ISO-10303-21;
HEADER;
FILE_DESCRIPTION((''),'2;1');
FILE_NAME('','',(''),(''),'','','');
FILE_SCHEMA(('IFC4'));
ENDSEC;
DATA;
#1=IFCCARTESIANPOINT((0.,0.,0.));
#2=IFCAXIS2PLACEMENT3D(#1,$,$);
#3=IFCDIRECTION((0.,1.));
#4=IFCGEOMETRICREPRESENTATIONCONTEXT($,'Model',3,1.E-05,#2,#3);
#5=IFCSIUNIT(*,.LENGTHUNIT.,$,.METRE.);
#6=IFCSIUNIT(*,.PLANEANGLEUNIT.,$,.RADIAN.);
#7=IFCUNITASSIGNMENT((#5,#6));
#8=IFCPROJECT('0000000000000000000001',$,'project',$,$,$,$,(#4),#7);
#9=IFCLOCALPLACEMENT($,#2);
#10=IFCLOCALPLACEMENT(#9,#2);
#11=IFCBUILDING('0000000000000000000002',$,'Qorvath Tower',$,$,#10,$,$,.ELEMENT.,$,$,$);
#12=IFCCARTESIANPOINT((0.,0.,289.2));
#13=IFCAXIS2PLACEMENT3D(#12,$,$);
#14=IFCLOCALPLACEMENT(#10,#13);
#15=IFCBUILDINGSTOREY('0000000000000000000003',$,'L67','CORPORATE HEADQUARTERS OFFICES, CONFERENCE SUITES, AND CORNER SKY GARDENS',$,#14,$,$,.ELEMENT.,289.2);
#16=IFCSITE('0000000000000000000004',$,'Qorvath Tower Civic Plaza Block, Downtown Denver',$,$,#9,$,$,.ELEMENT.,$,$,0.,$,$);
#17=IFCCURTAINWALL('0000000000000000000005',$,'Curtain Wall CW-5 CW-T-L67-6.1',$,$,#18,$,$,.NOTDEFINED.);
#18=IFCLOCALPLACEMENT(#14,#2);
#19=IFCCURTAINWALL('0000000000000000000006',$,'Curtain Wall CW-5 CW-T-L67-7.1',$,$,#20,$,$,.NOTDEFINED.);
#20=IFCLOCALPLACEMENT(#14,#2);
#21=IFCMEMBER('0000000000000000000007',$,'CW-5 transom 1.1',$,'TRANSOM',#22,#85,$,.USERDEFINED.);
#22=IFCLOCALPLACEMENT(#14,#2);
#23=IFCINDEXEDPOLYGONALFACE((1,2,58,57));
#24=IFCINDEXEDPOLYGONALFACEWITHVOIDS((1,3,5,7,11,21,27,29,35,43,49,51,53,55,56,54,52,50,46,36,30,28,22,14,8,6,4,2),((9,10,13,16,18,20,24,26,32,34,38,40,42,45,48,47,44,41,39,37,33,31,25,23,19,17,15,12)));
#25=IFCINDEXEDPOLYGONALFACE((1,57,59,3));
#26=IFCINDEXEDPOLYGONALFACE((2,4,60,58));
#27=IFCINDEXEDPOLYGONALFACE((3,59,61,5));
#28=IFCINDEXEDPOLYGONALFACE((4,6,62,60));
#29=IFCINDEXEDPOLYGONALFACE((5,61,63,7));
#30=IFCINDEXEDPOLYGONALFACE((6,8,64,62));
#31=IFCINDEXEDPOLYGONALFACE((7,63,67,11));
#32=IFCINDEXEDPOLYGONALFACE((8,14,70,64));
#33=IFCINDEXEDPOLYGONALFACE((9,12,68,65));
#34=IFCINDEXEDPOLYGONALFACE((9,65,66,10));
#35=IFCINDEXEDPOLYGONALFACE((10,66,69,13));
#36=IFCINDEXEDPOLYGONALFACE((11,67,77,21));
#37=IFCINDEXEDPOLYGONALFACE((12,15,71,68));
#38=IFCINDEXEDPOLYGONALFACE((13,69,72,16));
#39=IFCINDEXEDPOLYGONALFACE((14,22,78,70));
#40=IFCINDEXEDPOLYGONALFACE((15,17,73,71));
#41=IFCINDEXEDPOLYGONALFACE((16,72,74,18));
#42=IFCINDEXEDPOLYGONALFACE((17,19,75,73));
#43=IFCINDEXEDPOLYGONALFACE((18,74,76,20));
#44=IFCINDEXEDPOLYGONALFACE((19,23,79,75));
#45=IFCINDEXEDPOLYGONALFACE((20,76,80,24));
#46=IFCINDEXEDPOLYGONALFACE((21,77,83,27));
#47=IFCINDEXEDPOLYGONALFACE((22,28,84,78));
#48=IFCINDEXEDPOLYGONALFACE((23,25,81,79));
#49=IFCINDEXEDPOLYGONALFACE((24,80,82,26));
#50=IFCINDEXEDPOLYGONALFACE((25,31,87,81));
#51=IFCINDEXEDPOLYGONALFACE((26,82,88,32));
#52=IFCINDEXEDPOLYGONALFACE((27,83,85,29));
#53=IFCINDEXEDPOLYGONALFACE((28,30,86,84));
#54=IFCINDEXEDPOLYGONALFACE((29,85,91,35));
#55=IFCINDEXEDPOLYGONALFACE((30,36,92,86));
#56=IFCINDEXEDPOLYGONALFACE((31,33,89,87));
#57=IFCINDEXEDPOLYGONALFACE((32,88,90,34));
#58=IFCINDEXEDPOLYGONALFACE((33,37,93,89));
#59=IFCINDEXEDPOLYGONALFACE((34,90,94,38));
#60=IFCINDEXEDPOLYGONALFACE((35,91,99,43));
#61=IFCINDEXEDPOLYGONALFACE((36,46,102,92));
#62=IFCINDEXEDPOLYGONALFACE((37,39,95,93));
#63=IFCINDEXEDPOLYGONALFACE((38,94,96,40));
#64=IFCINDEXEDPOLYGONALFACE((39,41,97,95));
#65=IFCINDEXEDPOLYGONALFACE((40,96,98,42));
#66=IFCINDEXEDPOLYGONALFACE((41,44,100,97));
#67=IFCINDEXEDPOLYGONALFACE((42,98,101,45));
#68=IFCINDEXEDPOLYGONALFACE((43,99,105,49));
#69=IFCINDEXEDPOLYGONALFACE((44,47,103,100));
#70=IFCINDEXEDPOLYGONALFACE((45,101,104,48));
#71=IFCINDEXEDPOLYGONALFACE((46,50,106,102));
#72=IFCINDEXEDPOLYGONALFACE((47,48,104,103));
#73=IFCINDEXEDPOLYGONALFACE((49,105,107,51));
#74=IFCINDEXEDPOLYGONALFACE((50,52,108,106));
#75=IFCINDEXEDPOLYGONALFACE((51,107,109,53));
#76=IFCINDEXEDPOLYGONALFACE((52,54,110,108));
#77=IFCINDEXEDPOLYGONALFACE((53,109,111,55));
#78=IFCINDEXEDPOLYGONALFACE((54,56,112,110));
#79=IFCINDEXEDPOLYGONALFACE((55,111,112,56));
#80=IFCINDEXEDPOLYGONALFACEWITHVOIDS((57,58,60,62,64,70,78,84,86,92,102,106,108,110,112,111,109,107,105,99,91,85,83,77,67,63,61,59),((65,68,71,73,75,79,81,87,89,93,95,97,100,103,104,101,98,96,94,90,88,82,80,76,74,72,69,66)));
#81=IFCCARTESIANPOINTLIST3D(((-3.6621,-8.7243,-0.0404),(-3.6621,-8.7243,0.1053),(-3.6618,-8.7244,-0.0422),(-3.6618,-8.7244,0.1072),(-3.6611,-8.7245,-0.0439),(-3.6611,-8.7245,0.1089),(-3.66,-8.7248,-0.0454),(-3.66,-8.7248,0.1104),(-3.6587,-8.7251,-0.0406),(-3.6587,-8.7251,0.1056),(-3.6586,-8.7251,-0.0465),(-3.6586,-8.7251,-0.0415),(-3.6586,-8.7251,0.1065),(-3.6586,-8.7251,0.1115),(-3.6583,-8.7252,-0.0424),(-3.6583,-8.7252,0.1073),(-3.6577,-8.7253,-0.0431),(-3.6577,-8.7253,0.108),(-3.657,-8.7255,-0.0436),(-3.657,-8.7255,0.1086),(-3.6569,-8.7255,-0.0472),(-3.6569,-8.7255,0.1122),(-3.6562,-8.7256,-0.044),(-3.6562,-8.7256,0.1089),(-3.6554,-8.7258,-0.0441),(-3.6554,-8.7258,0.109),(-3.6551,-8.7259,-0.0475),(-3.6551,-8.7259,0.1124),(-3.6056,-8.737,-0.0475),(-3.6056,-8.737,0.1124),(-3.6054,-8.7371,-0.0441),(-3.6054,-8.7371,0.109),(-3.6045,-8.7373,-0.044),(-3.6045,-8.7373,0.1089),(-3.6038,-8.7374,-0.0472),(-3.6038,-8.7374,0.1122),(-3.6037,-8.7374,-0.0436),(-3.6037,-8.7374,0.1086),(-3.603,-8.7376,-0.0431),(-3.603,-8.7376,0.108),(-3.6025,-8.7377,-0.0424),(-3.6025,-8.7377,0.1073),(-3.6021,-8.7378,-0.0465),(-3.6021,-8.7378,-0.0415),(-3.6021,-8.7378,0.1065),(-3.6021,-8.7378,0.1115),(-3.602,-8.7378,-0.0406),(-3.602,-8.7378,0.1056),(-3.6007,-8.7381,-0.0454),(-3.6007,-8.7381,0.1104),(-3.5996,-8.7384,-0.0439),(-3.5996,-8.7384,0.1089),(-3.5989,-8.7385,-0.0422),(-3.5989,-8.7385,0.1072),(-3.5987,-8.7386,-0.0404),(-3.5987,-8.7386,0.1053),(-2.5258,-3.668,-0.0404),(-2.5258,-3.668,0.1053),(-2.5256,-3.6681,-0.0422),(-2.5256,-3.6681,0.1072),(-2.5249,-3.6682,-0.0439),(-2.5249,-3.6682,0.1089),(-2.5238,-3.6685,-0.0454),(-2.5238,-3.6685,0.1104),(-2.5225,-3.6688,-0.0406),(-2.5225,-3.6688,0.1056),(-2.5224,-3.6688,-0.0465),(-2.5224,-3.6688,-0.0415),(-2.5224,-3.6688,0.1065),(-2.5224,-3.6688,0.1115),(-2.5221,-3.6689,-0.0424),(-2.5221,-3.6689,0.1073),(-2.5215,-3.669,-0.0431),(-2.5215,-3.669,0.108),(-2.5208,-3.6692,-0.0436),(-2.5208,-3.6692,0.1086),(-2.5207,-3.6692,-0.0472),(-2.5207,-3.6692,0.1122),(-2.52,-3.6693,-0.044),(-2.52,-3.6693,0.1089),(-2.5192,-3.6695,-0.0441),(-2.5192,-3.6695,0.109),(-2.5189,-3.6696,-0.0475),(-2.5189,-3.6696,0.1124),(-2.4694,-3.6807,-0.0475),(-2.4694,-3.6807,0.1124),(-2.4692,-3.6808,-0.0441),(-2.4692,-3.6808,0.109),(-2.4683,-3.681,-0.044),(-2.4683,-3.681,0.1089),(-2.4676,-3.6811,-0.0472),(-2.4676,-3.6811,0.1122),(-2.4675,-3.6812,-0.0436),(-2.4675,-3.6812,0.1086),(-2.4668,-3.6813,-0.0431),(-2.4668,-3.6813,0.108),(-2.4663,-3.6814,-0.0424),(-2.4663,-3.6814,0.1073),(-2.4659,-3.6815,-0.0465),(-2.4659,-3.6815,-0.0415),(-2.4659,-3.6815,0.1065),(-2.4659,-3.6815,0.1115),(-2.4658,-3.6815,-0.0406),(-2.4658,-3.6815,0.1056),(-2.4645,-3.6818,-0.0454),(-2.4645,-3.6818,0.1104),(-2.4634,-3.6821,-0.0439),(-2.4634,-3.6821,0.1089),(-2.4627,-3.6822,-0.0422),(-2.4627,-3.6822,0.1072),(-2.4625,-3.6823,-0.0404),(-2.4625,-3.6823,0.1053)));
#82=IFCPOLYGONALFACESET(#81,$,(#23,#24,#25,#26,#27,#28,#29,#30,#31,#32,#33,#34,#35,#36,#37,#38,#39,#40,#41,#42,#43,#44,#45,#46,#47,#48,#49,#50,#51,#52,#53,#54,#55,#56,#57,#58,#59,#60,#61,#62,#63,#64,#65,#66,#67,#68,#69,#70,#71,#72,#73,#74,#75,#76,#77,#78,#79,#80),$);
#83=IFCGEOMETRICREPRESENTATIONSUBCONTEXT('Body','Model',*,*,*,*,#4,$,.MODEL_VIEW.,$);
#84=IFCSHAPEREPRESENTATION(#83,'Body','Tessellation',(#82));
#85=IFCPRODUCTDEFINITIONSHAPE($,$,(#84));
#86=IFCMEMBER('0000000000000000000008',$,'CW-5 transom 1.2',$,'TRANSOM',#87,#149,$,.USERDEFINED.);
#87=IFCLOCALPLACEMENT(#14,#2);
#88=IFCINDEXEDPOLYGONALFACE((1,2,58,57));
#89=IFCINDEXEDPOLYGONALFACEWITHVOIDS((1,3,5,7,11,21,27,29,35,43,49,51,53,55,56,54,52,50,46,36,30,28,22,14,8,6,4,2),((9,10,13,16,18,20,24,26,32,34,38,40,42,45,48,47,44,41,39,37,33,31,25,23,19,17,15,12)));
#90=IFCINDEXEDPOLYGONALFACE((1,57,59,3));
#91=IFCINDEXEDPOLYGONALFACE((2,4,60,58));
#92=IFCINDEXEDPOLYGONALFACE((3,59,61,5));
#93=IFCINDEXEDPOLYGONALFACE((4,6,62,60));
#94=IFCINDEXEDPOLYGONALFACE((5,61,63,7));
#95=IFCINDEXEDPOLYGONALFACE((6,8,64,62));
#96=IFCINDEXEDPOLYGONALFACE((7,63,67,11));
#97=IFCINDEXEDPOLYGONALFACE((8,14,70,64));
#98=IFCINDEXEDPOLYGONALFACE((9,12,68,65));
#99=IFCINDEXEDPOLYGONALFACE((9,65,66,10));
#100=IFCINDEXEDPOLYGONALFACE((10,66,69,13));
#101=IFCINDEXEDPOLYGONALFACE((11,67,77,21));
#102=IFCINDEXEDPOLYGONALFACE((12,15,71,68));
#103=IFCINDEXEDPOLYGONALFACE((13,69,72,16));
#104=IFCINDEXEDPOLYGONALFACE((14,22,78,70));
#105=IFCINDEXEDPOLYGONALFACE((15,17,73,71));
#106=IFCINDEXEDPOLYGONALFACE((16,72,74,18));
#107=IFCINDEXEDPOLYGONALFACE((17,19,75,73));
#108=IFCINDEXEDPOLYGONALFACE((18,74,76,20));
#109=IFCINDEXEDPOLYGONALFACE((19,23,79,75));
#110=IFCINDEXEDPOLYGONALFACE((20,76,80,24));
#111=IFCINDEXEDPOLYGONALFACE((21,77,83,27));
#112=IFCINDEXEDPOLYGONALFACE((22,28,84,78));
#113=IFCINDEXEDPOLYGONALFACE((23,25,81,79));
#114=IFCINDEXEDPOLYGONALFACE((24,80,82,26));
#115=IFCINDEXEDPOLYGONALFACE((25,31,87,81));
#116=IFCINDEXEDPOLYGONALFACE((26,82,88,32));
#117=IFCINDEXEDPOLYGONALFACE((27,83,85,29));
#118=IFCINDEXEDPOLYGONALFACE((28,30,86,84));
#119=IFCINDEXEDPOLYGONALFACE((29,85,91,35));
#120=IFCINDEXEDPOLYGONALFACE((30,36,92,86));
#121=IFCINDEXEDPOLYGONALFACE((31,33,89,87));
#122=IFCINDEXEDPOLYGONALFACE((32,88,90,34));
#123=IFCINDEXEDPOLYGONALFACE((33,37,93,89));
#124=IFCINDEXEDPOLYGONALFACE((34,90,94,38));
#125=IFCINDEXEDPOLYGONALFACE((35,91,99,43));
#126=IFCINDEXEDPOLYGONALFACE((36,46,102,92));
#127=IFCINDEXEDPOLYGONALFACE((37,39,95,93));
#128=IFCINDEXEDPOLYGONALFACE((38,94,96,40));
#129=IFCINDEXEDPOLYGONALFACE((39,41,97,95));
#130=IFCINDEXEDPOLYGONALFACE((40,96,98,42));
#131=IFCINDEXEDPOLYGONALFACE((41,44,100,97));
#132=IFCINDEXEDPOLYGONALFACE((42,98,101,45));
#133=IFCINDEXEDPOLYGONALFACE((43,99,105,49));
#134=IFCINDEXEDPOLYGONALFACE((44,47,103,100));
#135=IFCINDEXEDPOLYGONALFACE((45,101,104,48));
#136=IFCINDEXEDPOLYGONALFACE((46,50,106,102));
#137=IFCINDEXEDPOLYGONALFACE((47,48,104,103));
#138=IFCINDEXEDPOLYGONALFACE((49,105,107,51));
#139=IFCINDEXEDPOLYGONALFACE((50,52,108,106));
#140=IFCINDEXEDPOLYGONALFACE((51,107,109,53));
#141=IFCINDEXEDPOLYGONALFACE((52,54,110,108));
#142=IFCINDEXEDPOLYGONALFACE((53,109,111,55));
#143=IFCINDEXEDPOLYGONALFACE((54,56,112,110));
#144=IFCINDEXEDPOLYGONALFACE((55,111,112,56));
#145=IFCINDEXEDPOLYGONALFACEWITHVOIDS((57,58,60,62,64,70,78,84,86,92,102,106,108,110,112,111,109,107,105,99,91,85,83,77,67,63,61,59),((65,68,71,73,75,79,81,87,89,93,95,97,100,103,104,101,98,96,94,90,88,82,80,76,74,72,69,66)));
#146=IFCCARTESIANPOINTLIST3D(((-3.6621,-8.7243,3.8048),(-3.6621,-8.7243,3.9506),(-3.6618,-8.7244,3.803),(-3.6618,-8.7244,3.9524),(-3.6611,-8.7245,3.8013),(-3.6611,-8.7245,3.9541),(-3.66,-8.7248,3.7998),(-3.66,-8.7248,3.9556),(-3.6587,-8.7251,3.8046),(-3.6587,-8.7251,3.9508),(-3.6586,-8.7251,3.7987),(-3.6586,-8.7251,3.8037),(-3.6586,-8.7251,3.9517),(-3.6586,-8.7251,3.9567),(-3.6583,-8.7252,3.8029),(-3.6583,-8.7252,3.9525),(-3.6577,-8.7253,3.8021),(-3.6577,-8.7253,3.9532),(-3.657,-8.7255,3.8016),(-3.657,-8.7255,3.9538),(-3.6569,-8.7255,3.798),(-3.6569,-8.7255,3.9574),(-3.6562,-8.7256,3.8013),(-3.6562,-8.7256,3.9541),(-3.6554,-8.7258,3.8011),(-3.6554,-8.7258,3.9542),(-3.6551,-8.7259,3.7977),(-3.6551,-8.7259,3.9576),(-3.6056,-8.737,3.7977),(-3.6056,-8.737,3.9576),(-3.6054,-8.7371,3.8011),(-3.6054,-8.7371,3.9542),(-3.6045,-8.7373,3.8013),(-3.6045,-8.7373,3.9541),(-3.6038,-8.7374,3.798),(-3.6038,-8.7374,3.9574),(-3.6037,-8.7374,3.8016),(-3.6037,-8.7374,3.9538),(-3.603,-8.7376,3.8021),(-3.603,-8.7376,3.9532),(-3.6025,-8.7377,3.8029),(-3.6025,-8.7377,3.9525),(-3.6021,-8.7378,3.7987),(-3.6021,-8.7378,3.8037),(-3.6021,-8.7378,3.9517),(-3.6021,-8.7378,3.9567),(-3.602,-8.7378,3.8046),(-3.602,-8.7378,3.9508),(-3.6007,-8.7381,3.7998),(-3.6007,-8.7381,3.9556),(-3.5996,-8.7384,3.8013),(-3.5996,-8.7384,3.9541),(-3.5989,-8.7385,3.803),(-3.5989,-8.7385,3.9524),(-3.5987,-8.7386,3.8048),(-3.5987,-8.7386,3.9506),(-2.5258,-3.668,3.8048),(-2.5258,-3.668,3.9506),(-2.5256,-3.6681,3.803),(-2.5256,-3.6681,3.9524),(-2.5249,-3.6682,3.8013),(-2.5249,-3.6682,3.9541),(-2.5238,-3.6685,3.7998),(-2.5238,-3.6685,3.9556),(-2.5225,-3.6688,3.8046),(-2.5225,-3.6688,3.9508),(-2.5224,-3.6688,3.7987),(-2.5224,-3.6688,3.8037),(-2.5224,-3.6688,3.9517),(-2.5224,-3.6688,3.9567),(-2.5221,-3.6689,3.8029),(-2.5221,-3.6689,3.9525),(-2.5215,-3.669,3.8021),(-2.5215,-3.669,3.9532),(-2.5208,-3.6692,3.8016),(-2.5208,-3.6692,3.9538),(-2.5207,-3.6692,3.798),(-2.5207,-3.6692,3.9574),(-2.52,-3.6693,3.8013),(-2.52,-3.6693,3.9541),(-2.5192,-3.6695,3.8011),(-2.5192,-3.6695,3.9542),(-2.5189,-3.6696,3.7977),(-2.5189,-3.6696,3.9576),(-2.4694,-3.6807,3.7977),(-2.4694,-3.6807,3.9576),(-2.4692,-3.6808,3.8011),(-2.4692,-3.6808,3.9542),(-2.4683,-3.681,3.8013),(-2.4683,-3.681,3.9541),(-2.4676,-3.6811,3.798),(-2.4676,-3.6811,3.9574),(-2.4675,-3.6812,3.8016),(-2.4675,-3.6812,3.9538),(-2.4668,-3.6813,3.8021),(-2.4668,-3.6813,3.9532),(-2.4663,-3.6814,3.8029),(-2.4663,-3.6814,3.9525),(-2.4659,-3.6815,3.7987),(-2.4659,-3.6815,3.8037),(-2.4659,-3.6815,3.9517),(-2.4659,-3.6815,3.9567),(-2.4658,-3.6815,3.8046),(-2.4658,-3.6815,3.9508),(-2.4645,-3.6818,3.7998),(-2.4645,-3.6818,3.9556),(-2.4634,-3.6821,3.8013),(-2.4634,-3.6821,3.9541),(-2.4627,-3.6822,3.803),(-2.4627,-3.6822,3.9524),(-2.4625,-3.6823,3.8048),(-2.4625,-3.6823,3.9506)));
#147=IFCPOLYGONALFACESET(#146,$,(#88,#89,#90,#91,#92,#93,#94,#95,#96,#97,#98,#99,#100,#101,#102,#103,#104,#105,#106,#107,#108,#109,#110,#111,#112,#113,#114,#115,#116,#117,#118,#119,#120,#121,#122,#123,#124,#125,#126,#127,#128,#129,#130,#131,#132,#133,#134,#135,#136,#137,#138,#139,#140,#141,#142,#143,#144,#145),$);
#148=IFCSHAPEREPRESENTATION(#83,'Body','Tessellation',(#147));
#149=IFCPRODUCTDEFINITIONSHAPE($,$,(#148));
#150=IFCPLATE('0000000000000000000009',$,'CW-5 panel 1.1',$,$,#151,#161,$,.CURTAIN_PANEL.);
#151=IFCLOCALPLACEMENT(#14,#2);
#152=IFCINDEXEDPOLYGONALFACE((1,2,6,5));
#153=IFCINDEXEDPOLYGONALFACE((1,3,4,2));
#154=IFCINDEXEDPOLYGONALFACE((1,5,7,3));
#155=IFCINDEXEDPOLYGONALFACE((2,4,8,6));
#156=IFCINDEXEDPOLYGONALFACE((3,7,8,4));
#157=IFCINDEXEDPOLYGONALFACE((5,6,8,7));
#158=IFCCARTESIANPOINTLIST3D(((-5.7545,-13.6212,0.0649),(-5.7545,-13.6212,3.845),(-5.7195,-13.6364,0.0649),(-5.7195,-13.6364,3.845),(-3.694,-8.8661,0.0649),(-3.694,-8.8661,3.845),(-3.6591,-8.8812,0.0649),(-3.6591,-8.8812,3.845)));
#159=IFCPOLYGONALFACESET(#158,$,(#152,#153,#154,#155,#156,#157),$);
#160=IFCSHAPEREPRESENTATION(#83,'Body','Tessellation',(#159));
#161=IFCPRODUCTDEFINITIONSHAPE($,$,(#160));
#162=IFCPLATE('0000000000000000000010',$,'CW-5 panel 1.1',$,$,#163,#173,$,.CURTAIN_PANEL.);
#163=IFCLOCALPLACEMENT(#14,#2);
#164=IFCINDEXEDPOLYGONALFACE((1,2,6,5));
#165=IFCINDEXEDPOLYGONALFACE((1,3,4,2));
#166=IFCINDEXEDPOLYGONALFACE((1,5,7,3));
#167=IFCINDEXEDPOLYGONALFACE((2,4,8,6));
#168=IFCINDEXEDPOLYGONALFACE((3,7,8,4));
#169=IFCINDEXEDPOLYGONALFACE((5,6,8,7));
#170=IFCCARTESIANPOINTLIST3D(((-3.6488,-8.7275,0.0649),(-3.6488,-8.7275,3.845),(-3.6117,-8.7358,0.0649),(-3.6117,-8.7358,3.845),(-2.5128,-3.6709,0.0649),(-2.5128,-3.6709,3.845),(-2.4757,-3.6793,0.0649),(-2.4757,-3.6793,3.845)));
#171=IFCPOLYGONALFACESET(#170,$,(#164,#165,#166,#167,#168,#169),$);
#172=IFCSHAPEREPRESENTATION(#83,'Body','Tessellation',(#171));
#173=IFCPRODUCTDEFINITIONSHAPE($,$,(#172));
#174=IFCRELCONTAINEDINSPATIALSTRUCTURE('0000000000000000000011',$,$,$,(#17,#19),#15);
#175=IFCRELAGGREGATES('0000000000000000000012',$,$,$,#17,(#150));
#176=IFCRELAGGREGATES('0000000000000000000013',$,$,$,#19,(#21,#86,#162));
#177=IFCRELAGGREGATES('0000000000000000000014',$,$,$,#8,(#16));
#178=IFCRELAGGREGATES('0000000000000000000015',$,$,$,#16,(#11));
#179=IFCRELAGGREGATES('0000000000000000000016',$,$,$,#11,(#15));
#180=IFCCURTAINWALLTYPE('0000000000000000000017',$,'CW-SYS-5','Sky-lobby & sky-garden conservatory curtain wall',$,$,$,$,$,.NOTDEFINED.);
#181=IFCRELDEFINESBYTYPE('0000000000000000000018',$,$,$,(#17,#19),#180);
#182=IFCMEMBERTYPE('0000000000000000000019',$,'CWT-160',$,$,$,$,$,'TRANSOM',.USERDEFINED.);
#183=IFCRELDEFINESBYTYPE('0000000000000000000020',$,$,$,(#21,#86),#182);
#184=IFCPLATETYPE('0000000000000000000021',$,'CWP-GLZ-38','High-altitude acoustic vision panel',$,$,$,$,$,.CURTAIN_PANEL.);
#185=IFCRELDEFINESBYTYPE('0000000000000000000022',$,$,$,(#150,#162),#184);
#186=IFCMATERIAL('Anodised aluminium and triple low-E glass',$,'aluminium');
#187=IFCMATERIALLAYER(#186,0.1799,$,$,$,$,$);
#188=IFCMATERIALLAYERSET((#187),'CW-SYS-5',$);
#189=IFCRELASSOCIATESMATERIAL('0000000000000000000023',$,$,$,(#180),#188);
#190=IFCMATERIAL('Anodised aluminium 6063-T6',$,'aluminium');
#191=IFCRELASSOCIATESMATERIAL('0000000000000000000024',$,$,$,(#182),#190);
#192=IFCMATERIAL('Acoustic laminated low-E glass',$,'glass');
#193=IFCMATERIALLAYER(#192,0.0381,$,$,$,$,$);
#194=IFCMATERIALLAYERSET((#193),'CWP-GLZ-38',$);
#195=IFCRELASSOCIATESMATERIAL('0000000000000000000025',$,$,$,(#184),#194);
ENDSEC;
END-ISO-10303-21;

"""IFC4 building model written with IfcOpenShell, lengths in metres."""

from ifc_helpers import new_model, si_unit, direction, frame, origin, origin_2d, place, context, subcontext, project, spatial, rectangle, hollow_rectangle, extrude, material, layer, layer_set, material_profile, profile_set, type_object, element, aggregate, save


model = new_model("IFC4")

# Units and contexts
model_context = context("Model", 3, precision=1e-05, world=origin(), true_north=direction((0.0, 1.0)))
body_context = subcontext(model_context, "Body", "Model", "MODEL_VIEW")
ifc_project = project(units=[si_unit("LENGTHUNIT", "METRE"), si_unit("PLANEANGLEUNIT", "RADIAN")], contexts=[model_context])

# Site, building, storey
site_placement = place(None, origin())
site = spatial("IfcSite", under=ifc_project, at=site_placement, Name="Qorvath Tower Civic Plaza Block, Downtown Denver", CompositionType="ELEMENT", RefElevation=0.0)
building_placement = place(site_placement, origin())
building = spatial("IfcBuilding", under=site, at=building_placement, Name="Qorvath Tower", CompositionType="ELEMENT")
storey_placement = place(building_placement, frame((0.0, 0.0, 289.2)))
storey = spatial("IfcBuildingStorey", under=building, at=storey_placement, Name="L67", Description="CORPORATE HEADQUARTERS OFFICES, CONFERENCE SUITES, AND CORNER SKY GARDENS", CompositionType="ELEMENT", Elevation=289.2)

# Curtain walls
ifc_material_1 = material(Name="Anodised aluminium and triple low-E glass", Category="aluminium")
ifc_layer_1 = layer(ifc_material_1, 0.1799)
ifc_layer_set_1 = layer_set([ifc_layer_1], Name="CW-SYS-5")
curtain_wall_type = type_object("IfcCurtainWallType", Name="CW-SYS-5", Description="Sky-lobby & sky-garden conservatory curtain wall", PredefinedType="NOTDEFINED", material=ifc_layer_set_1)
curtain_wall_1_placement = place(storey_placement, origin())
curtain_wall_1 = element("IfcCurtainWall", 1, at=curtain_wall_1_placement, inside=storey, type_object=curtain_wall_type, Name="Curtain Wall CW-5 CW-T-L67-6.1", PredefinedType="NOTDEFINED")
curtain_wall_2_placement = place(storey_placement, origin())
curtain_wall_2 = element("IfcCurtainWall", 2, at=curtain_wall_2_placement, inside=storey, type_object=curtain_wall_type, Name="Curtain Wall CW-5 CW-T-L67-7.1", PredefinedType="NOTDEFINED")

# Members
ifc_material_2 = material(Name="Anodised aluminium 6063-T6", Category="aluminium")
ifc_material_profile_1 = material_profile(ifc_material_2, hollow_rectangle(XDim=0.0649, YDim=0.1599, WallThickness=0.0034, InnerFilletRadius=0.0034, OuterFilletRadius=0.0071, at=origin_2d()), Name="CWT 160x65")
ifc_profile_set_1 = profile_set([ifc_material_profile_1], Name="Anodised aluminium 6063-T6")
member_type_1 = type_object("IfcMemberType", Name="CWT-160", ElementType="TRANSOM", PredefinedType="USERDEFINED", material=ifc_profile_set_1)
member_1_placement = place(storey_placement, frame((-3.6304, -8.7314, 0.0325), z_axis=(0.219244, 0.97567, 0.0), x_axis=(-0.97567, 0.219244, 0.0)))
member_1 = element("IfcMember", 3, at=member_1_placement, type_object=member_type_1, Name="CW-5 transom 1.1", ObjectType="TRANSOM", PredefinedType="USERDEFINED", context=body_context, shape_type="SweptSolid", body=[
    extrude(hollow_rectangle(XDim=0.0649, YDim=0.1599, WallThickness=0.0034, InnerFilletRadius=0.0034, OuterFilletRadius=0.0071, at=origin_2d()), origin(), (0.0, 0.0, 1.0), 5.1824),
])
member_2_placement = place(storey_placement, frame((-3.6304, -8.7314, 3.8777), z_axis=(0.219244, 0.97567, 0.0), x_axis=(-0.97567, 0.219244, 0.0)))
member_2 = element("IfcMember", 4, at=member_2_placement, type_object=member_type_1, Name="CW-5 transom 1.2", ObjectType="TRANSOM", PredefinedType="USERDEFINED", context=body_context, shape_type="SweptSolid", body=[
    extrude(hollow_rectangle(XDim=0.0649, YDim=0.1599, WallThickness=0.0034, InnerFilletRadius=0.0034, OuterFilletRadius=0.0071, at=origin_2d()), origin(), (0.0, 0.0, 1.0), 5.1824),
])

# Plates
ifc_material_3 = material(Name="Acoustic laminated low-E glass", Category="glass")
ifc_layer_2 = layer(ifc_material_3, 0.0381)
ifc_layer_set_2 = layer_set([ifc_layer_2], Name="CWP-GLZ-38")
plate_type = type_object("IfcPlateType", Name="CWP-GLZ-38", Description="High-altitude acoustic vision panel", PredefinedType="CURTAIN_PANEL", material=ifc_layer_set_2)
plate_1_placement = place(storey_placement, frame((-4.7068, -11.2512, 0.0649), z_axis=(0.0, 0.0, 1.0), x_axis=(0.39759, 0.917563, 0.0)))
plate_1 = element("IfcPlate", 5, at=plate_1_placement, type_object=plate_type, Name="CW-5 panel 1.1", PredefinedType="CURTAIN_PANEL", context=body_context, shape_type="SweptSolid", body=[
    extrude(rectangle(XDim=5.1824, YDim=0.0381, at=origin_2d()), origin(), (0.0, 0.0, 1.0), 3.78),
])
aggregate(curtain_wall_1, [plate_1])
plate_2_placement = place(storey_placement, frame((-3.0623, -6.2034, 0.0649), z_axis=(0.0, 0.0, 1.0), x_axis=(0.219199, 0.97568, 0.0)))
plate_2 = element("IfcPlate", 6, at=plate_2_placement, type_object=plate_type, Name="CW-5 panel 1.1", PredefinedType="CURTAIN_PANEL", context=body_context, shape_type="SweptSolid", body=[
    extrude(rectangle(XDim=5.1826, YDim=0.0381, at=origin_2d()), origin(), (0.0, 0.0, 1.0), 3.78),
])
aggregate(curtain_wall_2, [member_1, member_2, plate_2])

save(model, "model.ifc")
